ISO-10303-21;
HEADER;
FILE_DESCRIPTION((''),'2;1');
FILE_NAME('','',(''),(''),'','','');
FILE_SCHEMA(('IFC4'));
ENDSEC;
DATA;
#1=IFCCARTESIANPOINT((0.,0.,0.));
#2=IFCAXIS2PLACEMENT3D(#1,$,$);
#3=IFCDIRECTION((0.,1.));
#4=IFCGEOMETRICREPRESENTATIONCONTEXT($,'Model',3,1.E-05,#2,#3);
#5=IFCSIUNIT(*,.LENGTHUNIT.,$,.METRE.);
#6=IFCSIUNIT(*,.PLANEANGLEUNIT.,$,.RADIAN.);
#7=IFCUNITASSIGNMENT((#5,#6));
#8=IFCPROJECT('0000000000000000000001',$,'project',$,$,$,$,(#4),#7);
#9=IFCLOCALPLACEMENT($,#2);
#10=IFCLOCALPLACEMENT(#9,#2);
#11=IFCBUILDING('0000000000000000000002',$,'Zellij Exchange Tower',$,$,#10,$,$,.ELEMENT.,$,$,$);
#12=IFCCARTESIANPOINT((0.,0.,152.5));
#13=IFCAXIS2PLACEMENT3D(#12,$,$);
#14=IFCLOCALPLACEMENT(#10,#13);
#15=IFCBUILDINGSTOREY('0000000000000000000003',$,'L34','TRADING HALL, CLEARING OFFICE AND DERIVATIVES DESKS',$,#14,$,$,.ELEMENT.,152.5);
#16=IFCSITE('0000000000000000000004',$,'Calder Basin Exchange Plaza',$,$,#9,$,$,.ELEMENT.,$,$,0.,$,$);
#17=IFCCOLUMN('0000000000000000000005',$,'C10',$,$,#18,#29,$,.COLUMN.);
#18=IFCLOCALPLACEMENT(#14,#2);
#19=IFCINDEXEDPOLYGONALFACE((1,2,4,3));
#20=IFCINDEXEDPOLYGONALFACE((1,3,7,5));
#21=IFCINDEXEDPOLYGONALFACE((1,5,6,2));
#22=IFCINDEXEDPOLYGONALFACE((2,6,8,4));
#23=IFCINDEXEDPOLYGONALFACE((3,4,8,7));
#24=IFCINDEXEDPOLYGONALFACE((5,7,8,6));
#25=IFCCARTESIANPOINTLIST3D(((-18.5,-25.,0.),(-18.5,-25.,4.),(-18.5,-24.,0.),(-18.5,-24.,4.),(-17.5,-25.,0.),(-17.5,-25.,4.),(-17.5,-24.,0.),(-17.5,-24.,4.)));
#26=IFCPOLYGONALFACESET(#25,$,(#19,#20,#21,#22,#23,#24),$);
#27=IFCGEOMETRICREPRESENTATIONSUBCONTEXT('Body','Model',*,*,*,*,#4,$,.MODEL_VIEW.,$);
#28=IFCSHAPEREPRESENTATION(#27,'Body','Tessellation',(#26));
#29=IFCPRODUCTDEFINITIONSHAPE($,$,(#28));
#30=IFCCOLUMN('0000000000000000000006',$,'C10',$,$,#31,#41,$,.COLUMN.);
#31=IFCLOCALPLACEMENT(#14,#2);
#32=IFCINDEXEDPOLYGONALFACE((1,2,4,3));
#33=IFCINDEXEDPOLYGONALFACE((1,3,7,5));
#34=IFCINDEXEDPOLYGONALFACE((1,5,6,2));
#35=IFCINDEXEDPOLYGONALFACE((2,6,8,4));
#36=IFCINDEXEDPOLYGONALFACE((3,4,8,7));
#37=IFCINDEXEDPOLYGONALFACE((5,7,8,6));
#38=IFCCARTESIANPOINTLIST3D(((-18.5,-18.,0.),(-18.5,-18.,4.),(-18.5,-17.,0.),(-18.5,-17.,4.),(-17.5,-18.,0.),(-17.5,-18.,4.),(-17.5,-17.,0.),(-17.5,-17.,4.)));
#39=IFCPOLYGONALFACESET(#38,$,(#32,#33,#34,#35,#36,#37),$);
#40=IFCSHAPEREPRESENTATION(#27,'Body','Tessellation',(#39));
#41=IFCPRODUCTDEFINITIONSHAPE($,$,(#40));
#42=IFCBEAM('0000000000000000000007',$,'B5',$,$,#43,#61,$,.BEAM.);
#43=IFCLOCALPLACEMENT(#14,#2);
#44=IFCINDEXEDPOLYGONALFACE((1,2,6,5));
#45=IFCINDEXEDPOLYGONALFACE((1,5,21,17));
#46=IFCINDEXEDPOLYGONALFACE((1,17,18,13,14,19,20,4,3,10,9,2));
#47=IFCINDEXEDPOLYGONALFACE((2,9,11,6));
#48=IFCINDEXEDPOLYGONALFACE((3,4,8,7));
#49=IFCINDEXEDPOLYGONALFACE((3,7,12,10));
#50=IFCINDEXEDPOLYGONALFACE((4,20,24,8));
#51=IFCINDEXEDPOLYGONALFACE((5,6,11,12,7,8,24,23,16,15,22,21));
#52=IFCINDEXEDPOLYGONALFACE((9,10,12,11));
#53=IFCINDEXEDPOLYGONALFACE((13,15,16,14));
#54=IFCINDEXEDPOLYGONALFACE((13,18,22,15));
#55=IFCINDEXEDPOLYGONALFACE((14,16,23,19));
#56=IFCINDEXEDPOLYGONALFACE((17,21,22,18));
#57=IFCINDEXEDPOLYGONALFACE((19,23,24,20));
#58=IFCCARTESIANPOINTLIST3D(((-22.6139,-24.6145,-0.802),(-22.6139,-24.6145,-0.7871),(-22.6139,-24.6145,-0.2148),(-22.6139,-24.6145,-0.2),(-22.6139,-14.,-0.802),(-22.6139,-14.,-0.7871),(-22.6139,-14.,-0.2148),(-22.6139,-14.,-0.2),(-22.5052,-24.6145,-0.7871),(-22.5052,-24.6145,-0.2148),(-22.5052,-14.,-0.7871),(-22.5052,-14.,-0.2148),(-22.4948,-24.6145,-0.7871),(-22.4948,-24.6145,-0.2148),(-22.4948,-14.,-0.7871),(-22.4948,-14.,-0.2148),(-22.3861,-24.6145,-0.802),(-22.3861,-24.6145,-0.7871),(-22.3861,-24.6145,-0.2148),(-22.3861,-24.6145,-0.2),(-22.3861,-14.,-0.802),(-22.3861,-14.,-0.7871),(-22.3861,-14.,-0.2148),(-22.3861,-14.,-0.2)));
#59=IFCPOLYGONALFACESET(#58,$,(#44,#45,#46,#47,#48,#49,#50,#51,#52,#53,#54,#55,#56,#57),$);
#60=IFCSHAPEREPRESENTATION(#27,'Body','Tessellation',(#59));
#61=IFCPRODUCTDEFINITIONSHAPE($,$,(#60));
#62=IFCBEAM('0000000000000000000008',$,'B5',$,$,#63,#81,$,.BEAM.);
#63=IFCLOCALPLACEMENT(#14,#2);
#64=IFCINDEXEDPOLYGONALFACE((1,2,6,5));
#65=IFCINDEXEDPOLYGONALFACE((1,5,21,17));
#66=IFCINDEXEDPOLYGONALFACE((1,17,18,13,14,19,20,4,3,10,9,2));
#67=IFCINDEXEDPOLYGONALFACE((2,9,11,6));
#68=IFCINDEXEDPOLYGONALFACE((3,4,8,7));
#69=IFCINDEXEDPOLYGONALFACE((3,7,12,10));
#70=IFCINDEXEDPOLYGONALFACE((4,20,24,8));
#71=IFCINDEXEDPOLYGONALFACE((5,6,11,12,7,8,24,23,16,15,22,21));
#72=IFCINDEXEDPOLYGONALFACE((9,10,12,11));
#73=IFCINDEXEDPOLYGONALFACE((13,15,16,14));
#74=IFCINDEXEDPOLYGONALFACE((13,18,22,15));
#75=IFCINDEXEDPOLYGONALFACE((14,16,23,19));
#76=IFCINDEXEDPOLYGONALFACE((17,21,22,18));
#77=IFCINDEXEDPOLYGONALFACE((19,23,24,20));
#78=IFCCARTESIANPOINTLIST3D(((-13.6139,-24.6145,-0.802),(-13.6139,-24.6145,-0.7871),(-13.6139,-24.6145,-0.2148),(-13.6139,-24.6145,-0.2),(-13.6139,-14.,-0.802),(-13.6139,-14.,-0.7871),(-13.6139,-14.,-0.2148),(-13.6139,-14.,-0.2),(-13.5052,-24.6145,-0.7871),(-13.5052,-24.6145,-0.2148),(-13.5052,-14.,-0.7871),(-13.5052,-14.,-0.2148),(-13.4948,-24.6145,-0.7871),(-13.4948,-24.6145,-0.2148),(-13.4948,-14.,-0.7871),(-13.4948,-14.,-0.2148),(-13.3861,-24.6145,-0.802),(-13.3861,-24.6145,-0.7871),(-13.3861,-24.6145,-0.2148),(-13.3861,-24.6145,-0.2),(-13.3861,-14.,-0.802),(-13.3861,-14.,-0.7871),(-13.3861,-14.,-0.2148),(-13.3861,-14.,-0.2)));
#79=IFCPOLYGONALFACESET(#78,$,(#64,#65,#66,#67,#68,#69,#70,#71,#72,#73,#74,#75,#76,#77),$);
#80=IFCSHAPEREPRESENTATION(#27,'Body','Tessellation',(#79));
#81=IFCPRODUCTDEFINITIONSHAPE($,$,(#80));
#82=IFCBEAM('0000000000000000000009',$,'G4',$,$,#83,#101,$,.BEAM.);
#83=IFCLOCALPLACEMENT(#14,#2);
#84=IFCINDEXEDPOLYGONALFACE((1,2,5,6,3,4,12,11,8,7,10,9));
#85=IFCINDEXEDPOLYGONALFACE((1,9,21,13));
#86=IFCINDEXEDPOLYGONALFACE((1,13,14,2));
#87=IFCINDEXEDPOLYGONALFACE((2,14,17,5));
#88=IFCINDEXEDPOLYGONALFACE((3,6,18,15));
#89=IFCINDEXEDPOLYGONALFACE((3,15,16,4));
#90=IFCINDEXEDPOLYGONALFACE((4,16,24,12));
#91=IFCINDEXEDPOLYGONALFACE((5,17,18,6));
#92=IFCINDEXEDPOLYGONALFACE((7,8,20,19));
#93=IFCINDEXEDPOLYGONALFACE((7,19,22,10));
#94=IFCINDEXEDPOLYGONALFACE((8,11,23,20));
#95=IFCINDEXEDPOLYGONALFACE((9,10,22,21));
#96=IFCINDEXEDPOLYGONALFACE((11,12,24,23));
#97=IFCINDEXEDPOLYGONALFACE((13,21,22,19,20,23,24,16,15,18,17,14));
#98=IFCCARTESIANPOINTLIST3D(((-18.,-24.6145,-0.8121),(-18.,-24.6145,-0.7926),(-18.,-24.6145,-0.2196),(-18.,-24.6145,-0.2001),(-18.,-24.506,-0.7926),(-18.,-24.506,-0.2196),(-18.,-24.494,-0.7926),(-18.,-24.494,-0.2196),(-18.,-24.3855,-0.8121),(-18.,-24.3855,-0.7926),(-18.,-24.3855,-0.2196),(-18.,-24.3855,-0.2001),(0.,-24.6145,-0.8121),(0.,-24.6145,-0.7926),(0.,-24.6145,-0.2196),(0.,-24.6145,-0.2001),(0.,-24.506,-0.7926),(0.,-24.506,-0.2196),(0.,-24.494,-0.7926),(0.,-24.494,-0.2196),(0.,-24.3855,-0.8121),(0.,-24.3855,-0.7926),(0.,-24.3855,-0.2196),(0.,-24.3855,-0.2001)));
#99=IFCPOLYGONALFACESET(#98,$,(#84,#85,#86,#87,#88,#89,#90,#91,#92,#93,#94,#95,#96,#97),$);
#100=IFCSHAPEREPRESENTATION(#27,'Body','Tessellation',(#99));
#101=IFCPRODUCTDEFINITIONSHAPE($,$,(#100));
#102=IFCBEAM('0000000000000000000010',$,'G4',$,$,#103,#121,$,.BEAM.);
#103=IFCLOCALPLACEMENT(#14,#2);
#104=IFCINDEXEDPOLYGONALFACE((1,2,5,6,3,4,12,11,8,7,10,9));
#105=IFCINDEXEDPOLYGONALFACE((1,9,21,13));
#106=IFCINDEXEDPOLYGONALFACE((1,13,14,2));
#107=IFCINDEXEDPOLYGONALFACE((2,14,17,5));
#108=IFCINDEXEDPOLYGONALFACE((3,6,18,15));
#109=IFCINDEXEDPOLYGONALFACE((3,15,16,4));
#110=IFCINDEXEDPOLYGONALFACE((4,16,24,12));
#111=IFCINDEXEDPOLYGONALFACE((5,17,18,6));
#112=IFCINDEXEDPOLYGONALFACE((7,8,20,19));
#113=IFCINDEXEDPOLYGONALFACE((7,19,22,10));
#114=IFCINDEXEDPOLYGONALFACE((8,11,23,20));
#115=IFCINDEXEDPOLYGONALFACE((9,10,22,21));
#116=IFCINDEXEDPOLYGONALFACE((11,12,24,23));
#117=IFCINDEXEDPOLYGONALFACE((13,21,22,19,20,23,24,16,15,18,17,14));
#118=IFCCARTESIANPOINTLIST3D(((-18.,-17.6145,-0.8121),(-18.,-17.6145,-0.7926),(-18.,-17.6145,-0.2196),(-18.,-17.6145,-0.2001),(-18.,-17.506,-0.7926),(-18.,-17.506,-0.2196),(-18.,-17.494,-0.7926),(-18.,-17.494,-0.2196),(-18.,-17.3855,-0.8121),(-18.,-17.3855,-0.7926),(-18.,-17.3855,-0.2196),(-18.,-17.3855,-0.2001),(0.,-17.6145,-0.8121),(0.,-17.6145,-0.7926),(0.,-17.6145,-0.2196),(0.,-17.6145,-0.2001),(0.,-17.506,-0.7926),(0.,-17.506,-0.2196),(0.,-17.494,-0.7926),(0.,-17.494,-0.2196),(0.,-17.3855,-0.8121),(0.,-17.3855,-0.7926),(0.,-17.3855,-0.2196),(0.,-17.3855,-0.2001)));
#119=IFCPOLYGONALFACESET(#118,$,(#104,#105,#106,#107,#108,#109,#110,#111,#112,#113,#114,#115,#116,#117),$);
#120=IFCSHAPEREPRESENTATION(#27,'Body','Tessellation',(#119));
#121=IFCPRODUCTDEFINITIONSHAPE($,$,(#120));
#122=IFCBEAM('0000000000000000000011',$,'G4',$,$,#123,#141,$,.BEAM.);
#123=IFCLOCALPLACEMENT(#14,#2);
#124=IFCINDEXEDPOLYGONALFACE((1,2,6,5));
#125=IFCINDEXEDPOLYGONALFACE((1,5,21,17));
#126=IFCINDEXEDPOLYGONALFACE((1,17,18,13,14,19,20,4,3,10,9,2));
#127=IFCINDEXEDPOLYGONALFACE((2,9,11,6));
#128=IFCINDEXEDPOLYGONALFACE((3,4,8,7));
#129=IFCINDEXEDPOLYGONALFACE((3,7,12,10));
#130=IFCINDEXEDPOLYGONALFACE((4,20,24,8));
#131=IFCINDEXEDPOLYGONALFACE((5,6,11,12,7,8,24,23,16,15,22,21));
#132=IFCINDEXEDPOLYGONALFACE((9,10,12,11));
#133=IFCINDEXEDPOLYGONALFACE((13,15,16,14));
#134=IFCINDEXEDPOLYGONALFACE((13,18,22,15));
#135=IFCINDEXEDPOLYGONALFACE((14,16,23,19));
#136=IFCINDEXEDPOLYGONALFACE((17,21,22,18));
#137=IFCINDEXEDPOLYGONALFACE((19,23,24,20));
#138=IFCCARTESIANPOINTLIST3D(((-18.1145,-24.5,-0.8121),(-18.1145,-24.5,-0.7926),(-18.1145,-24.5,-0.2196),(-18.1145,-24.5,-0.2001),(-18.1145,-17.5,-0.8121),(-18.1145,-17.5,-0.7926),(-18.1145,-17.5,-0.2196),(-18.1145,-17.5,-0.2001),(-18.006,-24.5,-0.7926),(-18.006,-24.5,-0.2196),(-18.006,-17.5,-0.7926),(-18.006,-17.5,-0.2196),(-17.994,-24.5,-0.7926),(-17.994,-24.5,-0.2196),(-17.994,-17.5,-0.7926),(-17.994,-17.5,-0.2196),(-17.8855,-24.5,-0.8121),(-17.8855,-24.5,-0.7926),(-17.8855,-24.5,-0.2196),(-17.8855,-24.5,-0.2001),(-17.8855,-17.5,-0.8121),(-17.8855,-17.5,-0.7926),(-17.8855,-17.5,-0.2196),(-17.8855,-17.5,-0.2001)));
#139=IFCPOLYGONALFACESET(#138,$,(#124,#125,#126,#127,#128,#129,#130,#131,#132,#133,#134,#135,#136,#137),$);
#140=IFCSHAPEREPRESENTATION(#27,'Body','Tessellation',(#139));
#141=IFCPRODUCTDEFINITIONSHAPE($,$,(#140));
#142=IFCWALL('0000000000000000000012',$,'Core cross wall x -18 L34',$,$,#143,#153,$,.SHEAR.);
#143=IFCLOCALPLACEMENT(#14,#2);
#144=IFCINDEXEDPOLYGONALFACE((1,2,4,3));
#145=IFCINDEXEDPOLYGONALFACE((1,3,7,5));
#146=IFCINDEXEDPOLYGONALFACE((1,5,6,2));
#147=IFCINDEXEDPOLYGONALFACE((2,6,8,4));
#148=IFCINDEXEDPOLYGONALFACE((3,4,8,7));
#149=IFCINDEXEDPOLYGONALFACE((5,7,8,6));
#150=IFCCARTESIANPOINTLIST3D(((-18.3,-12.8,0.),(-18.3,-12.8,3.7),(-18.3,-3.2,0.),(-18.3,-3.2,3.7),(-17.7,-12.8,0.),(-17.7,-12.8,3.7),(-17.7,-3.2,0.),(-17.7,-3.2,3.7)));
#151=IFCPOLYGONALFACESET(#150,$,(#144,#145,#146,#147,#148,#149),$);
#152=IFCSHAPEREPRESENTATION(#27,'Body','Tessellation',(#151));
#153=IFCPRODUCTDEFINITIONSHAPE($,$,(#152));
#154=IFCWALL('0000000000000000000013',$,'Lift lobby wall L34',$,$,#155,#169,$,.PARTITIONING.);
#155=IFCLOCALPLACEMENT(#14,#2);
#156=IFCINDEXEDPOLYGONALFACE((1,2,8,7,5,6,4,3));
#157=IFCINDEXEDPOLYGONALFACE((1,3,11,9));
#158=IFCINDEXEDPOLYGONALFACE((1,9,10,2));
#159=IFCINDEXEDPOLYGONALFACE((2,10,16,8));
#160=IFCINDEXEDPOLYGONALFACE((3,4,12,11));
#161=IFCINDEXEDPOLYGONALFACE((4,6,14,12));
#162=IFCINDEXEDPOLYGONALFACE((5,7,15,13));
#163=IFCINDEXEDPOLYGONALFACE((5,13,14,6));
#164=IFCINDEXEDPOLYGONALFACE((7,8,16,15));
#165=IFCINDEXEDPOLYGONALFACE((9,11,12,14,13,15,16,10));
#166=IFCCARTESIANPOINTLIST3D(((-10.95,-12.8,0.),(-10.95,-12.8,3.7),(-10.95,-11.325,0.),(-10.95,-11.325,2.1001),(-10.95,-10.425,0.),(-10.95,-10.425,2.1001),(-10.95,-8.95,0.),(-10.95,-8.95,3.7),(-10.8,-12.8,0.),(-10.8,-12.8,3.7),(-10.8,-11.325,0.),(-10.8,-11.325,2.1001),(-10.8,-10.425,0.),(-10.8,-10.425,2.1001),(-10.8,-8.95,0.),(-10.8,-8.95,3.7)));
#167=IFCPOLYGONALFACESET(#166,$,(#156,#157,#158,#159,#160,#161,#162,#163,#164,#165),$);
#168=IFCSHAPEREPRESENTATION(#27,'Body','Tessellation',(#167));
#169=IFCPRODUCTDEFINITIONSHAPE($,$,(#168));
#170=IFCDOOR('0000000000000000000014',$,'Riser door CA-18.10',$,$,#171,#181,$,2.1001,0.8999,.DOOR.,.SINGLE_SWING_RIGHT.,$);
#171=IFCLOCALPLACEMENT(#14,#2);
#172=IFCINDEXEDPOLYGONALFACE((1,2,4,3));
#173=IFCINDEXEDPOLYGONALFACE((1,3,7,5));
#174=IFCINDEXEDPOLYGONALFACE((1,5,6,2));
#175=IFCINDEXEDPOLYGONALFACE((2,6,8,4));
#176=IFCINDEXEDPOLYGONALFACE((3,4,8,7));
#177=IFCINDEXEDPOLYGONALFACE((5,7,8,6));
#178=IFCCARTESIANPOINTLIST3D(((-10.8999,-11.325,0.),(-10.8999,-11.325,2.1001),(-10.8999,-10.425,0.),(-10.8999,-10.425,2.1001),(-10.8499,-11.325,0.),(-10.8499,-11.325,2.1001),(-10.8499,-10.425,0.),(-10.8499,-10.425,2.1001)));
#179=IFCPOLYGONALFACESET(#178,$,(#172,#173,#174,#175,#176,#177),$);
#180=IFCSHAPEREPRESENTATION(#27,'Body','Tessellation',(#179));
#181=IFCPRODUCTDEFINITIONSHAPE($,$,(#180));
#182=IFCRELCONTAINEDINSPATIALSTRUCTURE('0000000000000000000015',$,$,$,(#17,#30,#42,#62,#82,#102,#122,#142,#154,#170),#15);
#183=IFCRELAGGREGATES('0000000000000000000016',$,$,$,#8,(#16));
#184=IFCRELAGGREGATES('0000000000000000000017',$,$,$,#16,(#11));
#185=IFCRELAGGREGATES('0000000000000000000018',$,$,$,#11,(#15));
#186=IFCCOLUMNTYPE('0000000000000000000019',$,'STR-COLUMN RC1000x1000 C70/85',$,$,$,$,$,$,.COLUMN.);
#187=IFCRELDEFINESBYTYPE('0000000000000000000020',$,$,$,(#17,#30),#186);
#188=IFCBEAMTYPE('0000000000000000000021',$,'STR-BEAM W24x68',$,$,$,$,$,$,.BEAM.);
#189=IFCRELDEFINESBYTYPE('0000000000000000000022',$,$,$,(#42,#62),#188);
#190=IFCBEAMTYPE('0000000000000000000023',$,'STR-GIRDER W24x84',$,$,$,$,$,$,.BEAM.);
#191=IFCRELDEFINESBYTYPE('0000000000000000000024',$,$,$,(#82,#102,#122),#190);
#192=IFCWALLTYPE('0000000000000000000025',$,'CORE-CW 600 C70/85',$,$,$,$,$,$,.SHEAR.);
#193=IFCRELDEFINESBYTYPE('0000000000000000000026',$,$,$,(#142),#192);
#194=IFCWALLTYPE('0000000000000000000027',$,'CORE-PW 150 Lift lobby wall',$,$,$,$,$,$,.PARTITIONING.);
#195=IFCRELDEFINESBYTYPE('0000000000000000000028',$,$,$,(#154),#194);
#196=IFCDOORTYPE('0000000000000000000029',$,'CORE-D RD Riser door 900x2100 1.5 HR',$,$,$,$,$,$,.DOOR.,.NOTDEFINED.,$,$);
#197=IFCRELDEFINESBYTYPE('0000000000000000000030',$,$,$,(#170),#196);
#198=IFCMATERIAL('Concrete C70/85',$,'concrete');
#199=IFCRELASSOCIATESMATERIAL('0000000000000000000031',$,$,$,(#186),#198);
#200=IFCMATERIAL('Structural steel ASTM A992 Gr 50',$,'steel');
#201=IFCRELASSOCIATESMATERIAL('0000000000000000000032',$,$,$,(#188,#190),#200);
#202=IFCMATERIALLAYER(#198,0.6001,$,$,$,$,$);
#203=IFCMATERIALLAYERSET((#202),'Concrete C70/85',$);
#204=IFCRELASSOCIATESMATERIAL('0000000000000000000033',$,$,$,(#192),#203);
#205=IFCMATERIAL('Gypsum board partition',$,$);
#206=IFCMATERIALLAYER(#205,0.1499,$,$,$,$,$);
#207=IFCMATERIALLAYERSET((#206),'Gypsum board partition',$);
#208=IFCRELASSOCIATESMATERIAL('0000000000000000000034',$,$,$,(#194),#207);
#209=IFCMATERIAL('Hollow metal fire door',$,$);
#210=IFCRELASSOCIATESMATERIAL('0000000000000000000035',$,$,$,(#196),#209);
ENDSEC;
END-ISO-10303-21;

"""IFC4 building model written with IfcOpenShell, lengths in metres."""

from ifc_helpers import new_model, si_unit, direction, frame, frame_2d, origin, origin_2d, place, context, subcontext, project, spatial, rectangle, i_section, extrude, material, layer, layer_set, material_profile, profile_set, type_object, element, fill, save


model = new_model("IFC4")

# Units and contexts
model_context = context("Model", 3, precision=1e-05, world=origin(), true_north=direction((0.0, 1.0)))
body_context = subcontext(model_context, "Body", "Model", "MODEL_VIEW")
ifc_project = project(units=[si_unit("LENGTHUNIT", "METRE"), si_unit("PLANEANGLEUNIT", "RADIAN")], contexts=[model_context])

# Site, building, storey
site_placement = place(None, origin())
site = spatial("IfcSite", under=ifc_project, at=site_placement, Name="Calder Basin Exchange Plaza", CompositionType="ELEMENT", RefElevation=0.0)
building_placement = place(site_placement, origin())
building = spatial("IfcBuilding", under=site, at=building_placement, Name="Zellij Exchange Tower", CompositionType="ELEMENT")
storey_placement = place(building_placement, frame((0.0, 0.0, 152.5)))
storey = spatial("IfcBuildingStorey", under=building, at=storey_placement, Name="L34", Description="TRADING HALL, CLEARING OFFICE AND DERIVATIVES DESKS", CompositionType="ELEMENT", Elevation=152.5)

# Columns
ifc_material_1 = material(Name="Concrete C70/85", Category="concrete")
ifc_material_profile_1 = material_profile(ifc_material_1, rectangle(XDim=1.0, YDim=1.0, at=origin_2d()), Name="STR-COLUMN RC1000x1000 C70/85")
ifc_profile_set_1 = profile_set([ifc_material_profile_1], Name="Concrete C70/85")
column_type = type_object("IfcColumnType", Name="STR-COLUMN RC1000x1000 C70/85", PredefinedType="COLUMN", material=ifc_profile_set_1)
for number, where, z_axis, x_axis, name in (
    (1, (-18.0, -24.5, 0.0), (0.0, 0.0, 1.0), (1.0, 0.0, 0.0), "C10"),
    (2, (-18.0, -17.5, 0.0), (0.0, 0.0, 1.0), (1.0, 0.0, 0.0), "C10"),
):
    element("IfcColumn", number, at=place(storey_placement, frame(where, z_axis=z_axis, x_axis=x_axis)), inside=storey, type_object=column_type, Name=name, PredefinedType="COLUMN", context=body_context, shape_type="SweptSolid", body=[
        extrude(rectangle(XDim=1.0, YDim=1.0, at=origin_2d()), origin(), (0.0, 0.0, 1.0), 4.0),
    ])

# Beams
ifc_material_2 = material(Name="Structural steel ASTM A992 Gr 50", Category="steel")
ifc_material_profile_2 = material_profile(ifc_material_2, i_section(OverallWidth=0.2278, OverallDepth=0.6021, WebThickness=0.0105, FlangeThickness=0.0149, at=origin_2d()), Name="W24x68")
ifc_profile_set_2 = profile_set([ifc_material_profile_2], Name="Structural steel ASTM A992 Gr 50")
beam_type_1 = type_object("IfcBeamType", Name="STR-BEAM W24x68", PredefinedType="BEAM", material=ifc_profile_set_2)
for number, where, z_axis, x_axis, name in (
    (3, (-22.5, -24.6145, -0.501), (0.0, 1.0, 0.0), (-1.0, 0.0, 0.0), "B5"),
    (4, (-13.5, -24.6145, -0.501), (0.0, 1.0, 0.0), (-1.0, 0.0, 0.0), "B5"),
):
    element("IfcBeam", number, at=place(storey_placement, frame(where, z_axis=z_axis, x_axis=x_axis)), inside=storey, type_object=beam_type_1, Name=name, PredefinedType="BEAM", context=body_context, shape_type="SweptSolid", body=[
        extrude(i_section(OverallWidth=0.2278, OverallDepth=0.6021, WebThickness=0.0105, FlangeThickness=0.0149, at=origin_2d()), origin(), (0.0, 0.0, 1.0), 10.6145),
    ])
ifc_material_profile_3 = material_profile(ifc_material_2, i_section(OverallWidth=0.229, OverallDepth=0.6121, WebThickness=0.012, FlangeThickness=0.0195, at=origin_2d()), Name="W24x84")
ifc_profile_set_3 = profile_set([ifc_material_profile_3], Name="Structural steel ASTM A992 Gr 50")
beam_type_2 = type_object("IfcBeamType", Name="STR-GIRDER W24x84", PredefinedType="BEAM", material=ifc_profile_set_3)
for number, where, z_axis, x_axis, name in (
    (5, (-18.0, -24.5, -0.5061), (1.0, 0.0, 0.0), (0.0, 1.0, 0.0), "G4"),
    (6, (-18.0, -17.5, -0.5061), (1.0, 0.0, 0.0), (0.0, 1.0, 0.0), "G4"),
):
    element("IfcBeam", number, at=place(storey_placement, frame(where, z_axis=z_axis, x_axis=x_axis)), inside=storey, type_object=beam_type_2, Name=name, PredefinedType="BEAM", context=body_context, shape_type="SweptSolid", body=[
        extrude(i_section(OverallWidth=0.229, OverallDepth=0.6121, WebThickness=0.012, FlangeThickness=0.0195, at=origin_2d()), origin(), (0.0, 0.0, 1.0), 18.0),
    ])
beam_placement = place(storey_placement, frame((-18.0, -24.5, -0.5061), z_axis=(0.0, 1.0, 0.0), x_axis=(-1.0, 0.0, 0.0)))
element("IfcBeam", 7, at=beam_placement, inside=storey, type_object=beam_type_2, Name="G4", PredefinedType="BEAM", context=body_context, shape_type="SweptSolid", body=[
    extrude(i_section(OverallWidth=0.229, OverallDepth=0.6121, WebThickness=0.012, FlangeThickness=0.0195, at=origin_2d()), origin(), (0.0, 0.0, 1.0), 7.0),
])

# Wall
ifc_layer_1 = layer(ifc_material_1, 0.6001)
ifc_layer_set_1 = layer_set([ifc_layer_1], Name="Concrete C70/85")
wall_type_1 = type_object("IfcWallType", Name="CORE-CW 600 C70/85", PredefinedType="SHEAR", material=ifc_layer_set_1)
wall_1_placement = place(storey_placement, frame((-18.0, -12.8, 0.0), z_axis=(0.0, 0.0, 1.0), x_axis=(0.0, 1.0, 0.0)))
element("IfcWall", 8, at=wall_1_placement, inside=storey, type_object=wall_type_1, Name="Core cross wall x -18 L34", PredefinedType="SHEAR", context=body_context, shape_type="SweptSolid", body=[
    extrude(rectangle(XDim=9.6001, YDim=0.6001, at=frame_2d((4.8, 0.0))), origin(), (0.0, 0.0, 1.0), 3.7),
])

# Wall, opening, door
ifc_material_3 = material(Name="Gypsum board partition")
ifc_layer_2 = layer(ifc_material_3, 0.1499)
ifc_layer_set_2 = layer_set([ifc_layer_2], Name="Gypsum board partition")
wall_type_2 = type_object("IfcWallType", Name="CORE-PW 150 Lift lobby wall", PredefinedType="PARTITIONING", material=ifc_layer_set_2)
wall_2_placement = place(storey_placement, frame((-10.875, -12.8, 0.0), z_axis=(0.0, 0.0, 1.0), x_axis=(0.0, 1.0, 0.0)))
wall_2 = element("IfcWall", 9, at=wall_2_placement, inside=storey, type_object=wall_type_2, Name="Lift lobby wall L34", PredefinedType="PARTITIONING", context=body_context, shape_type="SweptSolid", body=[
    extrude(rectangle(XDim=3.8501, YDim=0.1499, at=frame_2d((1.925, 0.0))), origin(), (0.0, 0.0, 1.0), 3.7),
])
opening_1_placement = place(wall_2_placement, frame((1.4751, 0.0, 0.0)))
opening_1 = element("IfcOpeningElement", 10, at=opening_1_placement, cuts=wall_2, PredefinedType="OPENING", context=body_context, shape_type="SweptSolid", body=[
    extrude(rectangle(XDim=0.8999, YDim=2.1001, at=frame_2d((0.45, 1.05))), frame((0.0, 0.0869, 0.0), z_axis=(0.0, -1.0, 0.0), x_axis=(1.0, 0.0, 0.0)), (0.0, 0.0, 1.0), 0.1738),
])
ifc_material_4 = material(Name="Hollow metal fire door")
door_type_1 = type_object("IfcDoorType", Name="CORE-D RD Riser door 900x2100 1.5 HR", OperationType="NOTDEFINED", PredefinedType="DOOR", material=ifc_material_4)
door_1_placement = place(opening_1_placement, origin())
door_1 = element("IfcDoor", 11, at=door_1_placement, inside=storey, type_object=door_type_1, Name="Riser door CA-18.10", OperationType="SINGLE_SWING_RIGHT", OverallHeight=2.1001, OverallWidth=0.8999, PredefinedType="DOOR", context=body_context, shape_type="SweptSolid", body=[
    extrude(rectangle(XDim=0.8999, YDim=2.1001, at=frame_2d((0.45, 1.05))), frame((0.0, 0.0249, 0.0), z_axis=(0.0, -1.0, 0.0), x_axis=(1.0, 0.0, 0.0)), (0.0, 0.0, 1.0), 0.05),
])
fill(opening_1, door_1)

save(model, "model.ifc")
